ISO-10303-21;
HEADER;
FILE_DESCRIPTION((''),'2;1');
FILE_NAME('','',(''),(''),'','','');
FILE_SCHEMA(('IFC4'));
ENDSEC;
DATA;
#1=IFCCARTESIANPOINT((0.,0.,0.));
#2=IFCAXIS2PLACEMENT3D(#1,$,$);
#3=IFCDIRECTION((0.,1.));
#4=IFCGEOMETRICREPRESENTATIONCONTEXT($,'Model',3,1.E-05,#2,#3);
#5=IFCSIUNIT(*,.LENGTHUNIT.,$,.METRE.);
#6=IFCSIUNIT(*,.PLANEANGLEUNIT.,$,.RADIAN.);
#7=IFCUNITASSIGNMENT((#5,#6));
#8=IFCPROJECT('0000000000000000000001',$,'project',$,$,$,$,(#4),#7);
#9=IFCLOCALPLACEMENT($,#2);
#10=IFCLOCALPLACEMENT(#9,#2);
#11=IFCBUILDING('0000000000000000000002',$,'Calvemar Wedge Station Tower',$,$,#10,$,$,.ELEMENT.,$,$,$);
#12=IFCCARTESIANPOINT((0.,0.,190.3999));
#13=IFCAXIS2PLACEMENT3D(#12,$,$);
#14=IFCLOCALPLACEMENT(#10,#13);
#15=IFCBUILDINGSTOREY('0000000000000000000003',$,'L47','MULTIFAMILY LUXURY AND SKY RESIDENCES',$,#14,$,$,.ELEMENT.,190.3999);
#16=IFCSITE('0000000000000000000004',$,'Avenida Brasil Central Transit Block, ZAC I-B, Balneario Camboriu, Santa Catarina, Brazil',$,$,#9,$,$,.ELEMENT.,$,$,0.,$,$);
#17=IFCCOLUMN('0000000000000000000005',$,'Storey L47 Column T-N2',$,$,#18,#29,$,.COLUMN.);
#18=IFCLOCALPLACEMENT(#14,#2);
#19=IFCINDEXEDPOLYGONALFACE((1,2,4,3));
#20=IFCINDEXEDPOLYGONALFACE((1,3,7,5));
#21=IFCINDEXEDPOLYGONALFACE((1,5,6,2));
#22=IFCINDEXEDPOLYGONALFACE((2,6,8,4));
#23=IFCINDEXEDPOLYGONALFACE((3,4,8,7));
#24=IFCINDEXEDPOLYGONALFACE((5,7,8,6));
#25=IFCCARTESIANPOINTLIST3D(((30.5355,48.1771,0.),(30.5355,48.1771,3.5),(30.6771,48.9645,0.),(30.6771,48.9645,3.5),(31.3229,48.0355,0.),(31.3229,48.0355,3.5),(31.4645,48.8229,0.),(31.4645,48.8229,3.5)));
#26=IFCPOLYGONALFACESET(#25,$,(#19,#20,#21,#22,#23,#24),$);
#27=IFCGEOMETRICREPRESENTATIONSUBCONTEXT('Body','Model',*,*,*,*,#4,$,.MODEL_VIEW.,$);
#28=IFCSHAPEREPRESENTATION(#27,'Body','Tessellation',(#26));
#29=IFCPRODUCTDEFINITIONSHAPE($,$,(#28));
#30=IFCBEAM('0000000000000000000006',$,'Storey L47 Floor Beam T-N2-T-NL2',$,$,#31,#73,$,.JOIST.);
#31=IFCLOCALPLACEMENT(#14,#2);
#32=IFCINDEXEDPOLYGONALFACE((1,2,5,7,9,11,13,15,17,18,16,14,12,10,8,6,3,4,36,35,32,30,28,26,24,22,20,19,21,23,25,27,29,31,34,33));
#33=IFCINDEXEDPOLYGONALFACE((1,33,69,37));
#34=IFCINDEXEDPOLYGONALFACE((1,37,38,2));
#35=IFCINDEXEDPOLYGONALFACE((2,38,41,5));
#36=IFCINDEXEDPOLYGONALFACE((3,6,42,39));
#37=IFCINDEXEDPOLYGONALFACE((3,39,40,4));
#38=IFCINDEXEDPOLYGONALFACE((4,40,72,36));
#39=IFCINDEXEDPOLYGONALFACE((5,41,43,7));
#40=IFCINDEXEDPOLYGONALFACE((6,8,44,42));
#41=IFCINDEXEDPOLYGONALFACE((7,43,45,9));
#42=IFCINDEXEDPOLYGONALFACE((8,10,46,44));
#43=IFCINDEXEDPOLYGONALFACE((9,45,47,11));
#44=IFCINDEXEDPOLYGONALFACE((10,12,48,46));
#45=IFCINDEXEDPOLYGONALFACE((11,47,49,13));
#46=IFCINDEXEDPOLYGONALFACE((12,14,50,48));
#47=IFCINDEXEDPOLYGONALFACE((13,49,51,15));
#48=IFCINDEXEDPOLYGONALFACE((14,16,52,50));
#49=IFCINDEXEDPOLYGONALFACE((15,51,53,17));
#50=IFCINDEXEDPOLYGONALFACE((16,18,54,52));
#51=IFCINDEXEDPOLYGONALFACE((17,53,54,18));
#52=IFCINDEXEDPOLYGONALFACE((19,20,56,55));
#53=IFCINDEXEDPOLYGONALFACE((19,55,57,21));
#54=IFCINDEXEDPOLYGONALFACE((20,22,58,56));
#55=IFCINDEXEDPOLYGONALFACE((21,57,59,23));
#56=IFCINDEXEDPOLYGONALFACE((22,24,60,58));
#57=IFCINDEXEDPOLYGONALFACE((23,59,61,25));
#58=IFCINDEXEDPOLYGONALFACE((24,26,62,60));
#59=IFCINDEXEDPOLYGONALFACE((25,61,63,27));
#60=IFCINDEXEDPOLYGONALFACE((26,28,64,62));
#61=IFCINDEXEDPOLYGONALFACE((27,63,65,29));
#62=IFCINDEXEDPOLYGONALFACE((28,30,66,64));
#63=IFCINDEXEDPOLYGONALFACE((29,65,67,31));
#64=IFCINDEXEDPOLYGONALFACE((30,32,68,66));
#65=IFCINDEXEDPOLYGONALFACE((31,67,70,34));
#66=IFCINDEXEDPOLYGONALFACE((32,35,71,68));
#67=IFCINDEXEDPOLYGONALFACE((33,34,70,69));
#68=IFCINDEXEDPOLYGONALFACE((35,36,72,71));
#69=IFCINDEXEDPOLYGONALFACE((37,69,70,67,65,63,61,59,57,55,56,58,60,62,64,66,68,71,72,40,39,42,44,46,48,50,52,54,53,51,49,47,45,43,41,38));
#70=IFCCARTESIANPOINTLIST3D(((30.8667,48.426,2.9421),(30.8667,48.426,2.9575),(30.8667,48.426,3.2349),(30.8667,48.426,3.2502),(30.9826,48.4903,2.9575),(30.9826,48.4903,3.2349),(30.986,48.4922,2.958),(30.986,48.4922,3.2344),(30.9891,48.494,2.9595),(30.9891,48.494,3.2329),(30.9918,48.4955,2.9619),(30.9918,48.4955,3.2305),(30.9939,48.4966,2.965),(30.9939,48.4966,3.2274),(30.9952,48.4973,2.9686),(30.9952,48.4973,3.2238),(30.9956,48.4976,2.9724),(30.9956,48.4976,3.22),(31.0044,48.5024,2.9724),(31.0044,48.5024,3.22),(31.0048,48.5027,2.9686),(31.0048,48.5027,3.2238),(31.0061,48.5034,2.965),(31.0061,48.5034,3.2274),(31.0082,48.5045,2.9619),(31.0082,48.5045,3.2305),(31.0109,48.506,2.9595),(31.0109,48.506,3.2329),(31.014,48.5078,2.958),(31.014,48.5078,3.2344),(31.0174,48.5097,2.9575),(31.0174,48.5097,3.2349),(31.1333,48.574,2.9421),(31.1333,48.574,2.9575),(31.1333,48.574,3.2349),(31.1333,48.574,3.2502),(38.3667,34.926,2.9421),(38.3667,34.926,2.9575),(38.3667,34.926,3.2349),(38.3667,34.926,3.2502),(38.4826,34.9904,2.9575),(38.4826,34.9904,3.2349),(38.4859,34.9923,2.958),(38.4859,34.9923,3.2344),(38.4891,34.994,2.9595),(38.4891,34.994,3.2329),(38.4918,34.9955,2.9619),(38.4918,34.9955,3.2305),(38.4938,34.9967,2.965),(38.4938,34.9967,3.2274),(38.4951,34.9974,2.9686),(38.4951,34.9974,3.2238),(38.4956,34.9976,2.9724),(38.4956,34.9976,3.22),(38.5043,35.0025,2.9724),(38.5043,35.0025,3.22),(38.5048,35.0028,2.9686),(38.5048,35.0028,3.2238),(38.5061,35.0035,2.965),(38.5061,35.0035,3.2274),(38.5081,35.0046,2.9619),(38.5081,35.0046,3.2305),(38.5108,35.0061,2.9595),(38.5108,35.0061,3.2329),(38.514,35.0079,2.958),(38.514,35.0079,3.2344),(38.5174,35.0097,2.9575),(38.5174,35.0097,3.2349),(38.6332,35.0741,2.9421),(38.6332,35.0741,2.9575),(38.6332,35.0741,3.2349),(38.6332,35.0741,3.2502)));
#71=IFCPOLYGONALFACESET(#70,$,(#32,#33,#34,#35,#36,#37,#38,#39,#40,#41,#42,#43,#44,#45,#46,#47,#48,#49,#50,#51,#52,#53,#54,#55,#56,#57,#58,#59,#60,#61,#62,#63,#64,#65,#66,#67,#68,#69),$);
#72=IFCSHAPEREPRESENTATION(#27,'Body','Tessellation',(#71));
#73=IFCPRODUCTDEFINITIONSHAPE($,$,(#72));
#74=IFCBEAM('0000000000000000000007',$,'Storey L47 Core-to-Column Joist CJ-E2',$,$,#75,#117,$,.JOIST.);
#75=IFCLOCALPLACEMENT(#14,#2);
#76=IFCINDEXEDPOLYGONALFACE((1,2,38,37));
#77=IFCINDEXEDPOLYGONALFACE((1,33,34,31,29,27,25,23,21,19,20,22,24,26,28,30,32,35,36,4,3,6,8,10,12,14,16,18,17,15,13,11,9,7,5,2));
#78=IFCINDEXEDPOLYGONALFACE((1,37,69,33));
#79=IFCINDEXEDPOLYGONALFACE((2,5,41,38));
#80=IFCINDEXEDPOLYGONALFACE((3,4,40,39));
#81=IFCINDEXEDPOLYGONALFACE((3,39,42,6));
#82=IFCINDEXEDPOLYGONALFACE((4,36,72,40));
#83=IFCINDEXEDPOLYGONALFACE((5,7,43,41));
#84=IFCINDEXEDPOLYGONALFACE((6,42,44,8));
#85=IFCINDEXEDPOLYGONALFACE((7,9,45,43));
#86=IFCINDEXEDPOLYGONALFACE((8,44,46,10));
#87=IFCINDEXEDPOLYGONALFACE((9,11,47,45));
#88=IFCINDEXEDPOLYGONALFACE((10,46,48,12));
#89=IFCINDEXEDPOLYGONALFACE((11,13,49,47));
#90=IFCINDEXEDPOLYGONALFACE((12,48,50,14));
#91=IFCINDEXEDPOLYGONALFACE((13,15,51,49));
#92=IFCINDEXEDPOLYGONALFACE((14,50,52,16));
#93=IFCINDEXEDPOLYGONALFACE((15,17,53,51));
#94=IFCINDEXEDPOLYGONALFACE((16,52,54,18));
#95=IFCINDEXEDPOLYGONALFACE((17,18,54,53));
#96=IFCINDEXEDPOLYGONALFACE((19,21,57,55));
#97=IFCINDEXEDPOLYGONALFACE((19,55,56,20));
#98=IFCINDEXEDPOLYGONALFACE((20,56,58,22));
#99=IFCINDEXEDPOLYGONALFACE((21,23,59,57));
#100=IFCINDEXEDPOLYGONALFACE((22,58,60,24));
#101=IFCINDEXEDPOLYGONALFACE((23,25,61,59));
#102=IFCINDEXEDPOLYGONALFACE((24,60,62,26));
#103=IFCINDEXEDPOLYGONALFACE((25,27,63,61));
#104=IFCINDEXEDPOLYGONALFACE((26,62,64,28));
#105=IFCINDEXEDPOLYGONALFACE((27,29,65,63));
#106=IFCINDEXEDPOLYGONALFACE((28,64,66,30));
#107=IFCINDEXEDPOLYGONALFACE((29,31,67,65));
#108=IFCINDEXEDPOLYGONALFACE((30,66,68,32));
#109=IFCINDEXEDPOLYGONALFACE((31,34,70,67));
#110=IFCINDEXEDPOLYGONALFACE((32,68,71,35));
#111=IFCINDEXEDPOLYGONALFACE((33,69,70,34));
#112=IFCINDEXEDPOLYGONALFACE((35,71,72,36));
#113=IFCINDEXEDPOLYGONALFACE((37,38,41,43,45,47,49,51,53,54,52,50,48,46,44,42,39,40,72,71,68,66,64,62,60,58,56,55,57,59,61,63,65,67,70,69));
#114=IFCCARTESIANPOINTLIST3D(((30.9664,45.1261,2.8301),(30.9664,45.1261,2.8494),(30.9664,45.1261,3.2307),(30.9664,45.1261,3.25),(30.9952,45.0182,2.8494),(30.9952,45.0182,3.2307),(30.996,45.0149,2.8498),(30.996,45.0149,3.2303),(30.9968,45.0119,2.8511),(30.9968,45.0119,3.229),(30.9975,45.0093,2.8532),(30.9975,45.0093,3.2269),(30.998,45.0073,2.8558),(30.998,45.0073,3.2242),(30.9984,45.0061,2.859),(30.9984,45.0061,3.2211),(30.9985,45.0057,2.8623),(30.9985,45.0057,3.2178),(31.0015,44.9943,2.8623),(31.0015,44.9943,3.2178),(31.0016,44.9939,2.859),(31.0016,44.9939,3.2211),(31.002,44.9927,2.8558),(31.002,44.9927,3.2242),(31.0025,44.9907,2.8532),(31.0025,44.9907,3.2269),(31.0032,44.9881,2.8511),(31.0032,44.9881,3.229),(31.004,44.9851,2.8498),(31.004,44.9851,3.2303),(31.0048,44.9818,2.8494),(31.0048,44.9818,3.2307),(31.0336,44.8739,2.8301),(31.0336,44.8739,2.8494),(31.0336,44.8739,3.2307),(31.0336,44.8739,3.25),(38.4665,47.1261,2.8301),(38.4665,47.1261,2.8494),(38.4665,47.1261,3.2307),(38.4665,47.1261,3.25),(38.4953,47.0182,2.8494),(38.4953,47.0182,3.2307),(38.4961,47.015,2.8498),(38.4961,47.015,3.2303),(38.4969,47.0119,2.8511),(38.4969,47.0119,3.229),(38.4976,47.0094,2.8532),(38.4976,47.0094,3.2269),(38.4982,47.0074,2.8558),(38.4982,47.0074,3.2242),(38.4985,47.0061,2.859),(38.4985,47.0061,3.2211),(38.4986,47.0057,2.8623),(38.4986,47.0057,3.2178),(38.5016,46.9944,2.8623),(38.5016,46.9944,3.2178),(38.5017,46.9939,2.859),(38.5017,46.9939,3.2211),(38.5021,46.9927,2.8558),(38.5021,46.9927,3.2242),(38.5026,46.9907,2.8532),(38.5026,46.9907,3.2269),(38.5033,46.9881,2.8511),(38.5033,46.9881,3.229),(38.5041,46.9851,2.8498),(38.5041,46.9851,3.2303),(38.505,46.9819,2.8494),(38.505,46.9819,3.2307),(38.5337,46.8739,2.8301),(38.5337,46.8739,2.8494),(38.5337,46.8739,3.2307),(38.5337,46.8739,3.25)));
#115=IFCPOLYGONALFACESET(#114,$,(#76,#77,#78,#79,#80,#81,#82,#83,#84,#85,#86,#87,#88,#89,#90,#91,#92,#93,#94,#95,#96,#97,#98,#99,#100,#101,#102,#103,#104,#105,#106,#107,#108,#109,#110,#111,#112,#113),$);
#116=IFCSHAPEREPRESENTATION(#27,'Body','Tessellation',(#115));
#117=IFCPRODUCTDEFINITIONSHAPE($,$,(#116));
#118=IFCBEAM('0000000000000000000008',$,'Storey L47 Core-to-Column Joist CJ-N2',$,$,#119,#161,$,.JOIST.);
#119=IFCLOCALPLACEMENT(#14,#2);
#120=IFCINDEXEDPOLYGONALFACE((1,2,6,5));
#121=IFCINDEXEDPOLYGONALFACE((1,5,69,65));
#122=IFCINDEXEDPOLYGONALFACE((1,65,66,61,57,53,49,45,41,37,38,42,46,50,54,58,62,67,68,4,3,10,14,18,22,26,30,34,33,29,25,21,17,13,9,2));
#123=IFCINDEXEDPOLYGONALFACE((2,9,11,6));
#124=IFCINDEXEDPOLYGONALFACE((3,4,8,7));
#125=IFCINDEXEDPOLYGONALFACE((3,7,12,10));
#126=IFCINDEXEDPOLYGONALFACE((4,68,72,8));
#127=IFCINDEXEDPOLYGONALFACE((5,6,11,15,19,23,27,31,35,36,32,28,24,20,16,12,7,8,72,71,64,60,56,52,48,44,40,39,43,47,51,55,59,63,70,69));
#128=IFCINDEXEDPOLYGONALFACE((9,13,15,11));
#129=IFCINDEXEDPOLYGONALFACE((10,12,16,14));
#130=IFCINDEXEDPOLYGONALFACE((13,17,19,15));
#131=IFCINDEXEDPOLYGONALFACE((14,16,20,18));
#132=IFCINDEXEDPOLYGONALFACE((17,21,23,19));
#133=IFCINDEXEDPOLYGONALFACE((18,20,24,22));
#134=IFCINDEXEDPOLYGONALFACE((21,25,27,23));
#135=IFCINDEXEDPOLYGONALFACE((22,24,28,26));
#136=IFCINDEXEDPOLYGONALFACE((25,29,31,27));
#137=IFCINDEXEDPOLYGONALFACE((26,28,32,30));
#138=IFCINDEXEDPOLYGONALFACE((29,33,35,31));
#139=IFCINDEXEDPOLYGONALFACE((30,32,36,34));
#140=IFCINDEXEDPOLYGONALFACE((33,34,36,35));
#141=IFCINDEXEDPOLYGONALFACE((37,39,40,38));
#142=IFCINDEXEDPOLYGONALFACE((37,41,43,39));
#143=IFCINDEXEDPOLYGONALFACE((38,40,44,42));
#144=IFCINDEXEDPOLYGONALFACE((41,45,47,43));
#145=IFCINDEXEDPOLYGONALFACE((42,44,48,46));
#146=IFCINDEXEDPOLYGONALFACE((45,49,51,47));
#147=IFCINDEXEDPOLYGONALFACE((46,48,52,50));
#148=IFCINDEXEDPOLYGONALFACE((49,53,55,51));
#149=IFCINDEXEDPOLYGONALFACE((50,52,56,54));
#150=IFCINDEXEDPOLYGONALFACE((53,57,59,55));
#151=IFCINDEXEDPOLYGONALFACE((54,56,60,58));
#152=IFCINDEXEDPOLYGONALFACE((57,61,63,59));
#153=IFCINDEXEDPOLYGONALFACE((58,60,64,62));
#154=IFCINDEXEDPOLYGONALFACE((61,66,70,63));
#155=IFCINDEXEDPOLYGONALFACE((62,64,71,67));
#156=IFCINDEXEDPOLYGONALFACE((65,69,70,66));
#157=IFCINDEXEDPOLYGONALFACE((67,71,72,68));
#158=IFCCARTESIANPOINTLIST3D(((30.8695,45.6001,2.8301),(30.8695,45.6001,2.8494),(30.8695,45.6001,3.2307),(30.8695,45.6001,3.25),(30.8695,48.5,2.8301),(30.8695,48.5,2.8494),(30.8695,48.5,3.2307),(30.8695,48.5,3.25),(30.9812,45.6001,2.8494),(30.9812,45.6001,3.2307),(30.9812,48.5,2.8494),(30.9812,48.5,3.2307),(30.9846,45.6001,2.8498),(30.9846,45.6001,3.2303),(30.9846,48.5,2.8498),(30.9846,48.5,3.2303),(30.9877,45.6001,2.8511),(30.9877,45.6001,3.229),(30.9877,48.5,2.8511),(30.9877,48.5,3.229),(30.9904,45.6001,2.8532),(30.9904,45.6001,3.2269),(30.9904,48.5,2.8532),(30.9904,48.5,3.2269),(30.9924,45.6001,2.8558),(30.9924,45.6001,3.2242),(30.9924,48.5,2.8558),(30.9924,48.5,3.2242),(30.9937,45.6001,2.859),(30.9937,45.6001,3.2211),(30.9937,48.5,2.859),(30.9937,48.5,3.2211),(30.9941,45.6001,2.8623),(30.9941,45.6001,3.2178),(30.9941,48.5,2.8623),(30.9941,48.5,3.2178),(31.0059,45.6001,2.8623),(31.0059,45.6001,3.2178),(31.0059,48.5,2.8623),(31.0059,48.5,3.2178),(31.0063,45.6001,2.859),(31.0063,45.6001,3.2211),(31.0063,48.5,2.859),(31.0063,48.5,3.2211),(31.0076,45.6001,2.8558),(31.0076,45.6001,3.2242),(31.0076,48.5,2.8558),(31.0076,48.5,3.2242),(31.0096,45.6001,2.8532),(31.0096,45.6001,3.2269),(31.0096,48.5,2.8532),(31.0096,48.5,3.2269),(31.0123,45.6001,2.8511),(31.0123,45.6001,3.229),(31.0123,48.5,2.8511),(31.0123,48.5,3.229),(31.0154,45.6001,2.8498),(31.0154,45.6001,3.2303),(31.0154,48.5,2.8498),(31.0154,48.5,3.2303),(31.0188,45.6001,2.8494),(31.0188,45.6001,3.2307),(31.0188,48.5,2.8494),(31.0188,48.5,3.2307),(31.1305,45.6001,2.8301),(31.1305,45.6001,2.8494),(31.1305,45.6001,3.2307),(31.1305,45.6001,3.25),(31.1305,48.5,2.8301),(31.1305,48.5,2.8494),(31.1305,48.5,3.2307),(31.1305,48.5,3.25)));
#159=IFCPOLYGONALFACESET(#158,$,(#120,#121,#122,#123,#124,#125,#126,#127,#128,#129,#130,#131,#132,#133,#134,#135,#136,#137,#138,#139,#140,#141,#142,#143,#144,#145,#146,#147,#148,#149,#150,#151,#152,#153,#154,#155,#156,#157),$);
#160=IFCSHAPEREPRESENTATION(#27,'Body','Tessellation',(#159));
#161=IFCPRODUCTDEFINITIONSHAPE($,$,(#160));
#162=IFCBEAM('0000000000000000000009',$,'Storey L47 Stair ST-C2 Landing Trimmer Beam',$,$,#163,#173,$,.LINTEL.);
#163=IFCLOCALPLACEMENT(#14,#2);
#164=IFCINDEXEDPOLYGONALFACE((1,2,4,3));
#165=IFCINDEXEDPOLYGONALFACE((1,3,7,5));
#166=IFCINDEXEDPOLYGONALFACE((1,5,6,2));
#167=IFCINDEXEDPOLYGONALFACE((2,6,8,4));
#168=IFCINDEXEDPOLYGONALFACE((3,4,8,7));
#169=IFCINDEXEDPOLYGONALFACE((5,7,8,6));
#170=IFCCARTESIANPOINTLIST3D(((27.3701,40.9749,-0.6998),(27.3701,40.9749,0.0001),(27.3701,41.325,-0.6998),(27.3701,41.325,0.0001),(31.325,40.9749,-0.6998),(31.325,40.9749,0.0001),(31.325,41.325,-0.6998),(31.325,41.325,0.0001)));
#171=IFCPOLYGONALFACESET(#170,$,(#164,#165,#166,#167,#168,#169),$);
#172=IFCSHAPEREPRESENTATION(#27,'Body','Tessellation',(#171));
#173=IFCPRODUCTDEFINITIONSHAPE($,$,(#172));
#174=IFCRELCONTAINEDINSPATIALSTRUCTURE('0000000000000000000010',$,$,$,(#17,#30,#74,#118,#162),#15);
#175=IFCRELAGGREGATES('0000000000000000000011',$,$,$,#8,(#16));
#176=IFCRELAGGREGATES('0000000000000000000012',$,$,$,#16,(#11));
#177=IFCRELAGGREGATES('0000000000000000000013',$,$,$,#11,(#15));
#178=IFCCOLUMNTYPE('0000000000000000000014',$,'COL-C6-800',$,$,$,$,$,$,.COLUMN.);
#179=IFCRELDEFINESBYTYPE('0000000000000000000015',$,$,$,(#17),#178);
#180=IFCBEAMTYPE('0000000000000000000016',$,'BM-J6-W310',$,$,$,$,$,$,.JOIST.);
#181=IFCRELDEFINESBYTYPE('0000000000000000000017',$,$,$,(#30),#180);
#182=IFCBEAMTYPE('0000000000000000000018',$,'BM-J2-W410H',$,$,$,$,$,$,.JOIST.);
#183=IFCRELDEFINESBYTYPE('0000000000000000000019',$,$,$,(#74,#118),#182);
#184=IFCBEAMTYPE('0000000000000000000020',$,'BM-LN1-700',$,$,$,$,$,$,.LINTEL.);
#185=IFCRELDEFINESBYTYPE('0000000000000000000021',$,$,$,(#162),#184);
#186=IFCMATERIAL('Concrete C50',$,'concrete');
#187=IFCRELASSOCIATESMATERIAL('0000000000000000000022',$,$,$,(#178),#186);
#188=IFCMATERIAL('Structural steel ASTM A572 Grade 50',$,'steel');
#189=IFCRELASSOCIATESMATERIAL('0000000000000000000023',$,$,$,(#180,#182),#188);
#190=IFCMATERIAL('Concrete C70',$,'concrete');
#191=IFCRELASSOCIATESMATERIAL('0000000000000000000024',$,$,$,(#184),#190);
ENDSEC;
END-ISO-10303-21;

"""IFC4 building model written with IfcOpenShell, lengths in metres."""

from ifc_helpers import new_model, si_unit, direction, frame, origin, origin_2d, place, context, subcontext, project, spatial, rectangle, i_section, extrude, source, transform, mapped, material, material_profile, profile_set, type_object, element, save


model = new_model("IFC4")

# Units and contexts
model_context = context("Model", 3, precision=1e-05, world=origin(), true_north=direction((0.0, 1.0)))
body_context = subcontext(model_context, "Body", "Model", "MODEL_VIEW")
ifc_project = project(units=[si_unit("LENGTHUNIT", "METRE"), si_unit("PLANEANGLEUNIT", "RADIAN")], contexts=[model_context])

# Site, building, storey
site_placement = place(None, origin())
site = spatial("IfcSite", under=ifc_project, at=site_placement, Name="Avenida Brasil Central Transit Block, ZAC I-B, Balneario Camboriu, Santa Catarina, Brazil", CompositionType="ELEMENT", RefElevation=0.0)
building_placement = place(site_placement, origin())
building = spatial("IfcBuilding", under=site, at=building_placement, Name="Calvemar Wedge Station Tower", CompositionType="ELEMENT")
storey_placement = place(building_placement, frame((0.0, 0.0, 190.3999)))
storey = spatial("IfcBuildingStorey", under=building, at=storey_placement, Name="L47", Description="MULTIFAMILY LUXURY AND SKY RESIDENCES", CompositionType="ELEMENT", Elevation=190.3999)

# Column
ifc_material_1 = material(Name="Concrete C50", Category="concrete")
ifc_material_profile_1 = material_profile(ifc_material_1, rectangle(XDim=0.8, YDim=0.8, at=origin_2d()), Name="RC800x800")
ifc_profile_set_1 = profile_set([ifc_material_profile_1], Name="Concrete C50")
column_type = type_object("IfcColumnType", Name="COL-C6-800", PredefinedType="COLUMN", material=ifc_profile_set_1)
shared_shape_1 = source(origin(), body_context, "Body", "SweptSolid", [
    extrude(rectangle(XDim=0.8, YDim=0.8, at=origin_2d()), origin(), (0.0, 0.0, 1.0), 3.5),
])
column_placement = place(storey_placement, frame((31.0, 48.5, 0.0), z_axis=(0.0, 0.0, 1.0), x_axis=(0.984196, -0.177085, 0.0)))
element("IfcColumn", 1, at=column_placement, inside=storey, type_object=column_type, Name="Storey L47 Column T-N2", PredefinedType="COLUMN", context=body_context, shape_type="MappedRepresentation", body=[
    mapped(shared_shape_1, transform((0.0, 0.0, 0.0), scale=1.0)),
])

# Beams
ifc_material_2 = material(Name="Structural steel ASTM A572 Grade 50", Category="steel")
ifc_material_profile_2 = material_profile(ifc_material_2, i_section(OverallWidth=0.3049, OverallDepth=0.3081, WebThickness=0.01, FlangeThickness=0.0154, FilletRadius=0.0149, at=origin_2d()), Name="W310x97")
ifc_profile_set_2 = profile_set([ifc_material_profile_2], Name="Structural steel ASTM A572 Grade 50")
beam_type_1 = type_object("IfcBeamType", Name="BM-J6-W310", PredefinedType="JOIST", material=ifc_profile_set_2)
shared_shape_2 = source(origin(), body_context, "Body", "SweptSolid", [
    extrude(i_section(OverallWidth=0.3049, OverallDepth=0.3081, WebThickness=0.01, FlangeThickness=0.0154, FilletRadius=0.0149, at=origin_2d()), origin(), (0.0, 0.0, 1.0), 15.4434),
])
beam_1_placement = place(storey_placement, frame((31.0, 48.5, 3.0962), z_axis=(0.485643, -0.874157, 0.0), x_axis=(0.874157, 0.485643, 0.0)))
element("IfcBeam", 2, at=beam_1_placement, inside=storey, type_object=beam_type_1, Name="Storey L47 Floor Beam T-N2-T-NL2", PredefinedType="JOIST", context=body_context, shape_type="MappedRepresentation", body=[
    mapped(shared_shape_2, transform((0.0, 0.0, 0.0), scale=1.0)),
])
ifc_material_profile_3 = material_profile(ifc_material_2, i_section(OverallWidth=0.261, OverallDepth=0.4199, WebThickness=0.0117, FlangeThickness=0.0193, FilletRadius=0.0129, at=origin_2d()), Name="W410x114")
ifc_profile_set_3 = profile_set([ifc_material_profile_3], Name="Structural steel ASTM A572 Grade 50")
beam_type_2 = type_object("IfcBeamType", Name="BM-J2-W410H", PredefinedType="JOIST", material=ifc_profile_set_3)
shared_shape_3 = source(origin(), body_context, "Body", "SweptSolid", [
    extrude(i_section(OverallWidth=0.261, OverallDepth=0.4199, WebThickness=0.0117, FlangeThickness=0.0193, FilletRadius=0.0129, at=origin_2d()), origin(), (0.0, 0.0, 1.0), 7.7622),
])
beam_2_placement = place(storey_placement, frame((31.0, 45.0, 3.04), z_axis=(0.966235, 0.257663, 0.0), x_axis=(-0.257663, 0.966235, 0.0)))
element("IfcBeam", 3, at=beam_2_placement, inside=storey, type_object=beam_type_2, Name="Storey L47 Core-to-Column Joist CJ-E2", PredefinedType="JOIST", context=body_context, shape_type="MappedRepresentation", body=[
    mapped(shared_shape_3, transform((0.0, 0.0, 0.0), scale=1.0)),
])
shared_shape_4 = source(origin(), body_context, "Body", "SweptSolid", [
    extrude(i_section(OverallWidth=0.261, OverallDepth=0.4199, WebThickness=0.0117, FlangeThickness=0.0193, FilletRadius=0.0129, at=origin_2d()), origin(), (0.0, 0.0, 1.0), 2.8999),
])
beam_3_placement = place(storey_placement, frame((31.0, 45.6001, 3.04), z_axis=(0.0, 1.0, 0.0), x_axis=(-1.0, 0.0, 0.0)))
element("IfcBeam", 4, at=beam_3_placement, inside=storey, type_object=beam_type_2, Name="Storey L47 Core-to-Column Joist CJ-N2", PredefinedType="JOIST", context=body_context, shape_type="MappedRepresentation", body=[
    mapped(shared_shape_4, transform((0.0, 0.0, 0.0), scale=1.0)),
])
ifc_material_3 = material(Name="Concrete C70", Category="concrete")
ifc_material_profile_4 = material_profile(ifc_material_3, rectangle(XDim=0.3501, YDim=0.7, at=origin_2d()), Name="RC350x700")
ifc_profile_set_4 = profile_set([ifc_material_profile_4], Name="Concrete C70")
beam_type_3 = type_object("IfcBeamType", Name="BM-LN1-700", PredefinedType="LINTEL", material=ifc_profile_set_4)
shared_shape_5 = source(origin(), body_context, "Body", "SweptSolid", [
    extrude(rectangle(XDim=0.3501, YDim=0.7, at=origin_2d()), origin(), (0.0, 0.0, 1.0), 3.9548),
])
beam_4_placement = place(storey_placement, frame((27.3701, 41.1499, -0.3499), z_axis=(1.0, 0.0, 0.0), x_axis=(0.0, 1.0, 0.0)))
element("IfcBeam", 5, at=beam_4_placement, inside=storey, type_object=beam_type_3, Name="Storey L47 Stair ST-C2 Landing Trimmer Beam", PredefinedType="LINTEL", context=body_context, shape_type="MappedRepresentation", body=[
    mapped(shared_shape_5, transform((0.0, 0.0, 0.0), scale=1.0)),
])

save(model, "model.ifc")
